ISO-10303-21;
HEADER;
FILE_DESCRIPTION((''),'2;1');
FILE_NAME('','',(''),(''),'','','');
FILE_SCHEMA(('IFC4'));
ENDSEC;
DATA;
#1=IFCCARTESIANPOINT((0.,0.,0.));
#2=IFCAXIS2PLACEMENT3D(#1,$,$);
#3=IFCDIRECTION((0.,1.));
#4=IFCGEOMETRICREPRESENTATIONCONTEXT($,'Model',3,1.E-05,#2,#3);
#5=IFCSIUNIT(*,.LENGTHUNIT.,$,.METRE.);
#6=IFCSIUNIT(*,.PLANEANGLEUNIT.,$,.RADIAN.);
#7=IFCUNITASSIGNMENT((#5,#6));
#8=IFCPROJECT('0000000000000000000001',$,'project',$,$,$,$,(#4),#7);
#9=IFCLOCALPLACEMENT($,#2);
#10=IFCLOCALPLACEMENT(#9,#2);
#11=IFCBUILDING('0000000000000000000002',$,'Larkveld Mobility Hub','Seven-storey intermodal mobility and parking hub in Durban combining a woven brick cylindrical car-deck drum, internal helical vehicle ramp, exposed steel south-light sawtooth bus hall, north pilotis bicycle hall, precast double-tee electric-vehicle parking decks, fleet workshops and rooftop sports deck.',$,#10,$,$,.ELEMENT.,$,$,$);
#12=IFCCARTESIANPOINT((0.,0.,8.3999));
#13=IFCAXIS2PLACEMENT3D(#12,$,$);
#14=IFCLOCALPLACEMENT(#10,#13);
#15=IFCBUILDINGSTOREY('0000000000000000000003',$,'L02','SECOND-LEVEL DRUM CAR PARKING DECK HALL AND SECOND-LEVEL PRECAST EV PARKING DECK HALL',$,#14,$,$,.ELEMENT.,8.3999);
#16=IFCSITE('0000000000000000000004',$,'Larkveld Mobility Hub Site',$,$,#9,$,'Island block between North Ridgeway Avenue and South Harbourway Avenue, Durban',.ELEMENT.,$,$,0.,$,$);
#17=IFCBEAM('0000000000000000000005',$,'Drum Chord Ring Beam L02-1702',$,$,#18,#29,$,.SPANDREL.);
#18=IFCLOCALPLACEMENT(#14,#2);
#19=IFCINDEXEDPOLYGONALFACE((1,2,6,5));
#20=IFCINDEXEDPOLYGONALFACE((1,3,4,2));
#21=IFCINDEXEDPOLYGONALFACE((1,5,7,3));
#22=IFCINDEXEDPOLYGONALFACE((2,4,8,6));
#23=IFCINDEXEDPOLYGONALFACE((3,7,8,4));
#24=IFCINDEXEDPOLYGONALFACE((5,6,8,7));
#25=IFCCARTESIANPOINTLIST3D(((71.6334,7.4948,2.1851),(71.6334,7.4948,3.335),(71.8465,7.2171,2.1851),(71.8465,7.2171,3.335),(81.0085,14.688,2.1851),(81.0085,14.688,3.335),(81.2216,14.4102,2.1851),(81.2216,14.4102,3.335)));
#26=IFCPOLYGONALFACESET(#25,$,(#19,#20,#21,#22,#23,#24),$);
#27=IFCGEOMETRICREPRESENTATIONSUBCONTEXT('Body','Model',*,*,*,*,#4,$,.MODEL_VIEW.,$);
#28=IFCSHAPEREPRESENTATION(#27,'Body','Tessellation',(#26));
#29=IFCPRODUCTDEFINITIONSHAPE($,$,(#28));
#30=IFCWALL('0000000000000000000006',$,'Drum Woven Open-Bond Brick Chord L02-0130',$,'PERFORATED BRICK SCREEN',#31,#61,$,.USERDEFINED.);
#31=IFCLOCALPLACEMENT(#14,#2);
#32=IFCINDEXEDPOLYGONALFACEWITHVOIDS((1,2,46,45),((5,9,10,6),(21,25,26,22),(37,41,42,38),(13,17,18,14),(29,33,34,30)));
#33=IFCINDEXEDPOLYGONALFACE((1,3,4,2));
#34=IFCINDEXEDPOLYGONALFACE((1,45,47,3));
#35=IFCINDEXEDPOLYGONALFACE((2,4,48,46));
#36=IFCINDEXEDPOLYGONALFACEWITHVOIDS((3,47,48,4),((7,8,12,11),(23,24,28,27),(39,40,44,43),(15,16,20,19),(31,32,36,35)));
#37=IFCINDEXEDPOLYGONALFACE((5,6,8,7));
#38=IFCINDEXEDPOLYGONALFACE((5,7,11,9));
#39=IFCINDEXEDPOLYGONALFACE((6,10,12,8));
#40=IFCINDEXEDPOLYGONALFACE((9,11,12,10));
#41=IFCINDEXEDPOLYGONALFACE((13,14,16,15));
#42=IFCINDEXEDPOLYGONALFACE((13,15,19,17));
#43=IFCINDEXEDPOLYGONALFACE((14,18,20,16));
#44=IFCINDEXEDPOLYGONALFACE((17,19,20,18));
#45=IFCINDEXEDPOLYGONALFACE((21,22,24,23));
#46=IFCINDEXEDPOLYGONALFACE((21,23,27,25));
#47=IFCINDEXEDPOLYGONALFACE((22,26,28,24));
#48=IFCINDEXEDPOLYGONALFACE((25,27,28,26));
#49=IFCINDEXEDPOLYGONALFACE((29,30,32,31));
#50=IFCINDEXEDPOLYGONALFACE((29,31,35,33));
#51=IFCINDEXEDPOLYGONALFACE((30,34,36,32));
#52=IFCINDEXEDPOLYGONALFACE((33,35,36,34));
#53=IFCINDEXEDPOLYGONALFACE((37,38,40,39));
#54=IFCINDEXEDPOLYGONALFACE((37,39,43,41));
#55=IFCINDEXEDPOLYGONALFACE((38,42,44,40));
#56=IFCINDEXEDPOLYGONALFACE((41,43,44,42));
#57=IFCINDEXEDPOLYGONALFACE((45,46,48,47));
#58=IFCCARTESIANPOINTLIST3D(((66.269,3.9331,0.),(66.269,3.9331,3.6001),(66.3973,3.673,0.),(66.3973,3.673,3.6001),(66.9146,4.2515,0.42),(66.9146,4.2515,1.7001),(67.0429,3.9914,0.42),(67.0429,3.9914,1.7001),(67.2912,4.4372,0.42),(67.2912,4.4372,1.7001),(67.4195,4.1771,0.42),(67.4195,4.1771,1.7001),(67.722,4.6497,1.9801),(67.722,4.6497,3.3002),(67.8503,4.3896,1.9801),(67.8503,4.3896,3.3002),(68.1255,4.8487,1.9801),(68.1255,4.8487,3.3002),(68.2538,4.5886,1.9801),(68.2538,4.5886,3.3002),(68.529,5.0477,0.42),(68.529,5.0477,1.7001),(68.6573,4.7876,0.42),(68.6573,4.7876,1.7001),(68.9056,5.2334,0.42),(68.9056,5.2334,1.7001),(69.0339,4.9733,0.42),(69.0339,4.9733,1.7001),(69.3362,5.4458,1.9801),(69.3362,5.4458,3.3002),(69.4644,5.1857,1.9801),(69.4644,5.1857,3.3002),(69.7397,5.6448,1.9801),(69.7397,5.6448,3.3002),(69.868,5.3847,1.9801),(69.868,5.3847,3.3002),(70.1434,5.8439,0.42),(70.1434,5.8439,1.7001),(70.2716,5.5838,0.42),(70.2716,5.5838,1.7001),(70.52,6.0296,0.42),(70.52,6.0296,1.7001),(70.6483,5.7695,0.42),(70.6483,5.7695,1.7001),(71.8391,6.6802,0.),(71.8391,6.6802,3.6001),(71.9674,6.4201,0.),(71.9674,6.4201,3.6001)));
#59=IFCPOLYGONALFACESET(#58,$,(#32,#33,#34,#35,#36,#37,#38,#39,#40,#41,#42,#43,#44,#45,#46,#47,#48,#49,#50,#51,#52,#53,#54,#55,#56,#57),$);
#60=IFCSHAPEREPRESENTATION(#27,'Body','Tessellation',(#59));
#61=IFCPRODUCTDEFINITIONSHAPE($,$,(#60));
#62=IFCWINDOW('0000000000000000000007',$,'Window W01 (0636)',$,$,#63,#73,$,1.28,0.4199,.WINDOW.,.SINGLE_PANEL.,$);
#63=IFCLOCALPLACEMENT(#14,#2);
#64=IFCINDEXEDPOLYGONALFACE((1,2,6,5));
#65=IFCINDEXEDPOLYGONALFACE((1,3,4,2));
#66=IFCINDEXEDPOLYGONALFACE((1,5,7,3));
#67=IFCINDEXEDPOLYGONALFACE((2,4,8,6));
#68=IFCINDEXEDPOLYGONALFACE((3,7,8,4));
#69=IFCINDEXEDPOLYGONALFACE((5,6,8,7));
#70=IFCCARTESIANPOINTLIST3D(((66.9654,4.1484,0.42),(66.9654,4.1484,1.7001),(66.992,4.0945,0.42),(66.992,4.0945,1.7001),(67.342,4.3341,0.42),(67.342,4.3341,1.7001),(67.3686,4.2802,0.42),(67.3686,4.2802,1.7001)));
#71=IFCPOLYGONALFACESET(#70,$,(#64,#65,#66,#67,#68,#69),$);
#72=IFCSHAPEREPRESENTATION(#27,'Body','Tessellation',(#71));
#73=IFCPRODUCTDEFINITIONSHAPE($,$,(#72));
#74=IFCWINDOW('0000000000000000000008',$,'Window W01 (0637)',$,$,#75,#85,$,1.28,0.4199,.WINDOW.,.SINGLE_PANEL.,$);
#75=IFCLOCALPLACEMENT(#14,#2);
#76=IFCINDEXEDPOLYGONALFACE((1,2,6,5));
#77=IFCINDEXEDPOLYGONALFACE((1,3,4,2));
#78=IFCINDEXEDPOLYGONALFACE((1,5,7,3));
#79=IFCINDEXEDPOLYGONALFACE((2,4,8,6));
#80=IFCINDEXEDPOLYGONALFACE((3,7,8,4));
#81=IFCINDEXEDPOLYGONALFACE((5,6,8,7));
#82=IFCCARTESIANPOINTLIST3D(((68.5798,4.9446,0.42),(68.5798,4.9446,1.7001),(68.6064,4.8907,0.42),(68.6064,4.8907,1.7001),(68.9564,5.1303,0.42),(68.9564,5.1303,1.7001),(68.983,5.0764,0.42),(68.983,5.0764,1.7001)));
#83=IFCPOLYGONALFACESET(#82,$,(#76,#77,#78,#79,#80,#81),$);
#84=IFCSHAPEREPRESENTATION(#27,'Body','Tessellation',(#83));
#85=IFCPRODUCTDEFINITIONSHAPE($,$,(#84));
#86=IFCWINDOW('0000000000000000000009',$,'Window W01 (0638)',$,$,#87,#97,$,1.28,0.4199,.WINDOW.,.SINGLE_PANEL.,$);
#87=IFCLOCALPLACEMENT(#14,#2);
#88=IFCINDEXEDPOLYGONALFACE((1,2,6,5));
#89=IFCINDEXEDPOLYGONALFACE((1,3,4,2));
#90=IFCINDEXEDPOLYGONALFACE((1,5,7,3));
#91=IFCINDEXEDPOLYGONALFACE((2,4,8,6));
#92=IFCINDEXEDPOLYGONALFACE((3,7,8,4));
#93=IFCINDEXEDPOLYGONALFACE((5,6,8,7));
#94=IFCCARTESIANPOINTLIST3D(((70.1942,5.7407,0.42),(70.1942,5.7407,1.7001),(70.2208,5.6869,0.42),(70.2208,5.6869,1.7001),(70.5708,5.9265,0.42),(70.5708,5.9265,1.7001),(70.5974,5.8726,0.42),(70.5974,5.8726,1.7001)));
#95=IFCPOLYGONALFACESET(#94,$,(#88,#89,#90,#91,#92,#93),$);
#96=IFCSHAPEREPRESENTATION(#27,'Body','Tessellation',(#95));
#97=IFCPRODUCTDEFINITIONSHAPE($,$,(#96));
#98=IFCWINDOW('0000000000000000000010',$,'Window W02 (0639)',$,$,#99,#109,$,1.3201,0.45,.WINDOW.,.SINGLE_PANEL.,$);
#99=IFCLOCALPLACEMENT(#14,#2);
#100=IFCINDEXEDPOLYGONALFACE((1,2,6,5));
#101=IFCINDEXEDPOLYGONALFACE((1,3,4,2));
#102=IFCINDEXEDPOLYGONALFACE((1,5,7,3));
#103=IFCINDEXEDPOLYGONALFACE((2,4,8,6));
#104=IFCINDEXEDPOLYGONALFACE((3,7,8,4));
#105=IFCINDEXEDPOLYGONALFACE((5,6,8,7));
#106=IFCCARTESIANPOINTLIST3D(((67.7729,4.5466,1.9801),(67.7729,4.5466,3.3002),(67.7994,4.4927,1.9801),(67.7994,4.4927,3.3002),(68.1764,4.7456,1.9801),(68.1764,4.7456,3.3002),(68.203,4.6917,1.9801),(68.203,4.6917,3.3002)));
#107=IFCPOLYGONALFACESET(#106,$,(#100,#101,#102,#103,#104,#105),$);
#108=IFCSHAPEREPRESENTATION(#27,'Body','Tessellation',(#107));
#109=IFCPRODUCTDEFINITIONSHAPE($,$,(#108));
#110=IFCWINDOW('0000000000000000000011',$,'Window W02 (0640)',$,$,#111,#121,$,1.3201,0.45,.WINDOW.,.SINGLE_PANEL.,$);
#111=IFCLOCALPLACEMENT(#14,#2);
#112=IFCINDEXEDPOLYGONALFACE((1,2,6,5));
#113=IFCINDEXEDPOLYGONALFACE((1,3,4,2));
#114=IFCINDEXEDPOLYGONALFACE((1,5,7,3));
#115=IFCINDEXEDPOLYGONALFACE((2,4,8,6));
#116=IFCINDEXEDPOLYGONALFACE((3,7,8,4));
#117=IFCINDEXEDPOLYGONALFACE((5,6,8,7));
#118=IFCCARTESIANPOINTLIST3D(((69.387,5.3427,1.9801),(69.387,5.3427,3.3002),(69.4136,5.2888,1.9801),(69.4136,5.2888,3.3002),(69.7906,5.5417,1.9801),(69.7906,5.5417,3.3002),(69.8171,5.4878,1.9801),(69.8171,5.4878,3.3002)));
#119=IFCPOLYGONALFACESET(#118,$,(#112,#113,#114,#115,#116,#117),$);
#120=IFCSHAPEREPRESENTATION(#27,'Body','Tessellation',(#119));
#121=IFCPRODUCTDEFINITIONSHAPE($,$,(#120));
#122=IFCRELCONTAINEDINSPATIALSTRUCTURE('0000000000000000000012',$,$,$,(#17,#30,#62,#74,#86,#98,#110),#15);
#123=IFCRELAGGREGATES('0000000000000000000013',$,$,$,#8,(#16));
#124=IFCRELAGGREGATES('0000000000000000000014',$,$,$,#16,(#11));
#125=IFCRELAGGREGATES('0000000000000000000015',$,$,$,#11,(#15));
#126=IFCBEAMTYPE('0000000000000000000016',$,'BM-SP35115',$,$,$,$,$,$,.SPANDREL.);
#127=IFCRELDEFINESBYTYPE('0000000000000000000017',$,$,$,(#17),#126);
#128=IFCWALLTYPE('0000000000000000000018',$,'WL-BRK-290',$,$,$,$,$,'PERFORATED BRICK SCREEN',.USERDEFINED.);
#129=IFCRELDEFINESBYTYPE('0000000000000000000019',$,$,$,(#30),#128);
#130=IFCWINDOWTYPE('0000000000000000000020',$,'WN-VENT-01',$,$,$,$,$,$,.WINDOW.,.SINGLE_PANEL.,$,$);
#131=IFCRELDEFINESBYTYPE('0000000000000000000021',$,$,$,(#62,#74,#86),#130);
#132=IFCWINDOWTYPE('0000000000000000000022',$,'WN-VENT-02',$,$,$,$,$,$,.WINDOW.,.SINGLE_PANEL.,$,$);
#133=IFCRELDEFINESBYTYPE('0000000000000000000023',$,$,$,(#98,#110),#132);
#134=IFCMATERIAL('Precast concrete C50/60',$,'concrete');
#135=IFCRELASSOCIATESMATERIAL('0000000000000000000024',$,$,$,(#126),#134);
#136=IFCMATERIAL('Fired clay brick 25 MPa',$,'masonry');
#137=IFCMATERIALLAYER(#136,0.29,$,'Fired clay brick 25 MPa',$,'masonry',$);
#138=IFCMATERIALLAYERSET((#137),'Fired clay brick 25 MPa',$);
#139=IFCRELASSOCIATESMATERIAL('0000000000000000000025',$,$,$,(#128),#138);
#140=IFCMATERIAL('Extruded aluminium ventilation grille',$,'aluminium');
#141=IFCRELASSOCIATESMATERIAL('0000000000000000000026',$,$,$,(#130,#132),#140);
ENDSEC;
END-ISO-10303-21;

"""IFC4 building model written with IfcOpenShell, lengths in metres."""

from ifc_helpers import new_model, si_unit, direction, frame, frame_2d, origin, origin_2d, place, context, subcontext, project, spatial, rectangle, extrude, material, layer, layer_set, material_profile, profile_set, type_object, element, fill, save


model = new_model("IFC4")

# Units and contexts
model_context = context("Model", 3, precision=1e-05, world=origin(), true_north=direction((0.0, 1.0)))
body_context = subcontext(model_context, "Body", "Model", "MODEL_VIEW")
ifc_project = project(units=[si_unit("LENGTHUNIT", "METRE"), si_unit("PLANEANGLEUNIT", "RADIAN")], contexts=[model_context])

# Site, building, storey
site_placement = place(None, origin())
site = spatial("IfcSite", under=ifc_project, at=site_placement, Name="Larkveld Mobility Hub Site", LongName="Island block between North Ridgeway Avenue and South Harbourway Avenue, Durban", CompositionType="ELEMENT", RefElevation=0.0)
building_placement = place(site_placement, origin())
building = spatial("IfcBuilding", under=site, at=building_placement, Name="Larkveld Mobility Hub", Description="Seven-storey intermodal mobility and parking hub in Durban combining a woven brick cylindrical car-deck drum, internal helical vehicle ramp, exposed steel south-light sawtooth bus hall, north pilotis bicycle hall, precast double-tee electric-vehicle parking decks, fleet workshops and rooftop sports deck.", CompositionType="ELEMENT")
storey_placement = place(building_placement, frame((0.0, 0.0, 8.3999)))
storey = spatial("IfcBuildingStorey", under=building, at=storey_placement, Name="L02", Description="SECOND-LEVEL DRUM CAR PARKING DECK HALL AND SECOND-LEVEL PRECAST EV PARKING DECK HALL", CompositionType="ELEMENT", Elevation=8.3999)

# Beam
ifc_material_1 = material(Name="Precast concrete C50/60", Category="concrete")
ifc_material_profile_1 = material_profile(ifc_material_1, rectangle(XDim=0.3501, YDim=1.1499, at=origin_2d()), Name="PC SP 350x1150")
ifc_profile_set_1 = profile_set([ifc_material_profile_1], Name="Precast concrete C50/60")
beam_type_1 = type_object("IfcBeamType", Name="BM-SP35115", PredefinedType="SPANDREL", material=ifc_profile_set_1)
beam_1_placement = place(storey_placement, frame((71.74, 7.356, 2.76), z_axis=(0.793377, 0.608731, 0.0), x_axis=(-0.608731, 0.793377, 0.0)))
element("IfcBeam", 1, at=beam_1_placement, inside=storey, type_object=beam_type_1, Name="Drum Chord Ring Beam L02-1702", PredefinedType="SPANDREL", context=body_context, shape_type="SweptSolid", body=[
    extrude(rectangle(XDim=0.3501, YDim=1.1499, at=origin_2d()), origin(), (0.0, 0.0, 1.0), 11.8167),
])

# Wall, openings, windows
ifc_material_2 = material(Name="Fired clay brick 25 MPa", Category="masonry")
ifc_layer_1 = layer(ifc_material_2, 0.29, Name="Fired clay brick 25 MPa", Category="masonry")
ifc_layer_set_1 = layer_set([ifc_layer_1], Name="Fired clay brick 25 MPa")
wall_type_1 = type_object("IfcWallType", Name="WL-BRK-290", ElementType="PERFORATED BRICK SCREEN", PredefinedType="USERDEFINED", material=ifc_layer_set_1)
wall_1_placement = place(storey_placement, frame((66.333, 3.803, 0.0), z_axis=(0.0, 0.0, 1.0), x_axis=(0.896859, 0.442317, 0.0)))
wall_1 = element("IfcWall", 2, at=wall_1_placement, inside=storey, type_object=wall_type_1, Name="Drum Woven Open-Bond Brick Chord L02-0130", ObjectType="PERFORATED BRICK SCREEN", PredefinedType="USERDEFINED", context=body_context, shape_type="SweptSolid", body=[
    extrude(rectangle(XDim=6.2107, YDim=0.29, at=frame_2d((3.1055, 0.0))), origin(), (0.0, 0.0, 1.0), 3.6001),
])
opening_1_placement = place(wall_1_placement, frame((0.72, 0.0, 0.4199)))
opening_1 = element("IfcOpeningElement", 3, at=opening_1_placement, cuts=wall_1, PredefinedType="OPENING", context=body_context, shape_type="SweptSolid", body=[
    extrude(rectangle(XDim=0.4199, YDim=1.28, at=frame_2d((0.21, 0.6401))), frame((0.0, 0.155, 0.0), z_axis=(0.0, -1.0, 0.0), x_axis=(1.0, 0.0, 0.0)), (0.0, 0.0, 1.0), 0.3101),
])
opening_2_placement = place(wall_1_placement, frame((2.52, 0.0, 0.4199)))
opening_2 = element("IfcOpeningElement", 4, at=opening_2_placement, cuts=wall_1, PredefinedType="OPENING", context=body_context, shape_type="SweptSolid", body=[
    extrude(rectangle(XDim=0.4199, YDim=1.28, at=frame_2d((0.21, 0.6401))), frame((0.0, 0.155, 0.0), z_axis=(0.0, -1.0, 0.0), x_axis=(1.0, 0.0, 0.0)), (0.0, 0.0, 1.0), 0.3101),
])
opening_3_placement = place(wall_1_placement, frame((4.3201, 0.0, 0.4199)))
opening_3 = element("IfcOpeningElement", 5, at=opening_3_placement, cuts=wall_1, PredefinedType="OPENING", context=body_context, shape_type="SweptSolid", body=[
    extrude(rectangle(XDim=0.4199, YDim=1.28, at=frame_2d((0.21, 0.6401))), frame((0.0, 0.155, 0.0), z_axis=(0.0, -1.0, 0.0), x_axis=(1.0, 0.0, 0.0)), (0.0, 0.0, 1.0), 0.3101),
])
opening_4_placement = place(wall_1_placement, frame((1.6201, 0.0, 1.98)))
opening_4 = element("IfcOpeningElement", 6, at=opening_4_placement, cuts=wall_1, PredefinedType="OPENING", context=body_context, shape_type="SweptSolid", body=[
    extrude(rectangle(XDim=0.45, YDim=1.3201, at=frame_2d((0.2251, 0.6602))), frame((0.0, 0.155, 0.0), z_axis=(0.0, -1.0, 0.0), x_axis=(1.0, 0.0, 0.0)), (0.0, 0.0, 1.0), 0.3101),
])
opening_5_placement = place(wall_1_placement, frame((3.4199, 0.0, 1.98)))
opening_5 = element("IfcOpeningElement", 7, at=opening_5_placement, cuts=wall_1, PredefinedType="OPENING", context=body_context, shape_type="SweptSolid", body=[
    extrude(rectangle(XDim=0.45, YDim=1.3201, at=frame_2d((0.2251, 0.6602))), frame((0.0, 0.155, 0.0), z_axis=(0.0, -1.0, 0.0), x_axis=(1.0, 0.0, 0.0)), (0.0, 0.0, 1.0), 0.3101),
])
ifc_material_3 = material(Name="Extruded aluminium ventilation grille", Category="aluminium")
window_type_1 = type_object("IfcWindowType", Name="WN-VENT-01", PartitioningType="SINGLE_PANEL", PredefinedType="WINDOW", material=ifc_material_3)
window_1_placement = place(opening_1_placement, origin())
window_1 = element("IfcWindow", 8, at=window_1_placement, inside=storey, type_object=window_type_1, Name="Window W01 (0636)", OverallHeight=1.28, OverallWidth=0.4199, PartitioningType="SINGLE_PANEL", PredefinedType="WINDOW", context=body_context, shape_type="SweptSolid", body=[
    extrude(rectangle(XDim=0.4199, YDim=1.28, at=frame_2d((0.21, 0.6401))), frame((0.0, 0.03, 0.0), z_axis=(0.0, -1.0, 0.0), x_axis=(1.0, 0.0, 0.0)), (0.0, 0.0, 1.0), 0.0601),
])
fill(opening_1, window_1)
window_2_placement = place(opening_2_placement, origin())
window_2 = element("IfcWindow", 9, at=window_2_placement, inside=storey, type_object=window_type_1, Name="Window W01 (0637)", OverallHeight=1.28, OverallWidth=0.4199, PartitioningType="SINGLE_PANEL", PredefinedType="WINDOW", context=body_context, shape_type="SweptSolid", body=[
    extrude(rectangle(XDim=0.4199, YDim=1.28, at=frame_2d((0.21, 0.6401))), frame((0.0, 0.03, 0.0), z_axis=(0.0, -1.0, 0.0), x_axis=(1.0, 0.0, 0.0)), (0.0, 0.0, 1.0), 0.0601),
])
fill(opening_2, window_2)
window_3_placement = place(opening_3_placement, origin())
window_3 = element("IfcWindow", 10, at=window_3_placement, inside=storey, type_object=window_type_1, Name="Window W01 (0638)", OverallHeight=1.28, OverallWidth=0.4199, PartitioningType="SINGLE_PANEL", PredefinedType="WINDOW", context=body_context, shape_type="SweptSolid", body=[
    extrude(rectangle(XDim=0.4199, YDim=1.28, at=frame_2d((0.21, 0.6401))), frame((0.0, 0.03, 0.0), z_axis=(0.0, -1.0, 0.0), x_axis=(1.0, 0.0, 0.0)), (0.0, 0.0, 1.0), 0.0601),
])
fill(opening_3, window_3)
window_type_2 = type_object("IfcWindowType", Name="WN-VENT-02", PartitioningType="SINGLE_PANEL", PredefinedType="WINDOW", material=ifc_material_3)
window_4_placement = place(opening_4_placement, origin())
window_4 = element("IfcWindow", 11, at=window_4_placement, inside=storey, type_object=window_type_2, Name="Window W02 (0639)", OverallHeight=1.3201, OverallWidth=0.45, PartitioningType="SINGLE_PANEL", PredefinedType="WINDOW", context=body_context, shape_type="SweptSolid", body=[
    extrude(rectangle(XDim=0.45, YDim=1.3201, at=frame_2d((0.2251, 0.6602))), frame((0.0, 0.03, 0.0), z_axis=(0.0, -1.0, 0.0), x_axis=(1.0, 0.0, 0.0)), (0.0, 0.0, 1.0), 0.0601),
])
fill(opening_4, window_4)
window_5_placement = place(opening_5_placement, origin())
window_5 = element("IfcWindow", 12, at=window_5_placement, inside=storey, type_object=window_type_2, Name="Window W02 (0640)", OverallHeight=1.3201, OverallWidth=0.45, PartitioningType="SINGLE_PANEL", PredefinedType="WINDOW", context=body_context, shape_type="SweptSolid", body=[
    extrude(rectangle(XDim=0.45, YDim=1.3201, at=frame_2d((0.2251, 0.6602))), frame((0.0, 0.03, 0.0), z_axis=(0.0, -1.0, 0.0), x_axis=(1.0, 0.0, 0.0)), (0.0, 0.0, 1.0), 0.0601),
])
fill(opening_5, window_5)

save(model, "model.ifc")
